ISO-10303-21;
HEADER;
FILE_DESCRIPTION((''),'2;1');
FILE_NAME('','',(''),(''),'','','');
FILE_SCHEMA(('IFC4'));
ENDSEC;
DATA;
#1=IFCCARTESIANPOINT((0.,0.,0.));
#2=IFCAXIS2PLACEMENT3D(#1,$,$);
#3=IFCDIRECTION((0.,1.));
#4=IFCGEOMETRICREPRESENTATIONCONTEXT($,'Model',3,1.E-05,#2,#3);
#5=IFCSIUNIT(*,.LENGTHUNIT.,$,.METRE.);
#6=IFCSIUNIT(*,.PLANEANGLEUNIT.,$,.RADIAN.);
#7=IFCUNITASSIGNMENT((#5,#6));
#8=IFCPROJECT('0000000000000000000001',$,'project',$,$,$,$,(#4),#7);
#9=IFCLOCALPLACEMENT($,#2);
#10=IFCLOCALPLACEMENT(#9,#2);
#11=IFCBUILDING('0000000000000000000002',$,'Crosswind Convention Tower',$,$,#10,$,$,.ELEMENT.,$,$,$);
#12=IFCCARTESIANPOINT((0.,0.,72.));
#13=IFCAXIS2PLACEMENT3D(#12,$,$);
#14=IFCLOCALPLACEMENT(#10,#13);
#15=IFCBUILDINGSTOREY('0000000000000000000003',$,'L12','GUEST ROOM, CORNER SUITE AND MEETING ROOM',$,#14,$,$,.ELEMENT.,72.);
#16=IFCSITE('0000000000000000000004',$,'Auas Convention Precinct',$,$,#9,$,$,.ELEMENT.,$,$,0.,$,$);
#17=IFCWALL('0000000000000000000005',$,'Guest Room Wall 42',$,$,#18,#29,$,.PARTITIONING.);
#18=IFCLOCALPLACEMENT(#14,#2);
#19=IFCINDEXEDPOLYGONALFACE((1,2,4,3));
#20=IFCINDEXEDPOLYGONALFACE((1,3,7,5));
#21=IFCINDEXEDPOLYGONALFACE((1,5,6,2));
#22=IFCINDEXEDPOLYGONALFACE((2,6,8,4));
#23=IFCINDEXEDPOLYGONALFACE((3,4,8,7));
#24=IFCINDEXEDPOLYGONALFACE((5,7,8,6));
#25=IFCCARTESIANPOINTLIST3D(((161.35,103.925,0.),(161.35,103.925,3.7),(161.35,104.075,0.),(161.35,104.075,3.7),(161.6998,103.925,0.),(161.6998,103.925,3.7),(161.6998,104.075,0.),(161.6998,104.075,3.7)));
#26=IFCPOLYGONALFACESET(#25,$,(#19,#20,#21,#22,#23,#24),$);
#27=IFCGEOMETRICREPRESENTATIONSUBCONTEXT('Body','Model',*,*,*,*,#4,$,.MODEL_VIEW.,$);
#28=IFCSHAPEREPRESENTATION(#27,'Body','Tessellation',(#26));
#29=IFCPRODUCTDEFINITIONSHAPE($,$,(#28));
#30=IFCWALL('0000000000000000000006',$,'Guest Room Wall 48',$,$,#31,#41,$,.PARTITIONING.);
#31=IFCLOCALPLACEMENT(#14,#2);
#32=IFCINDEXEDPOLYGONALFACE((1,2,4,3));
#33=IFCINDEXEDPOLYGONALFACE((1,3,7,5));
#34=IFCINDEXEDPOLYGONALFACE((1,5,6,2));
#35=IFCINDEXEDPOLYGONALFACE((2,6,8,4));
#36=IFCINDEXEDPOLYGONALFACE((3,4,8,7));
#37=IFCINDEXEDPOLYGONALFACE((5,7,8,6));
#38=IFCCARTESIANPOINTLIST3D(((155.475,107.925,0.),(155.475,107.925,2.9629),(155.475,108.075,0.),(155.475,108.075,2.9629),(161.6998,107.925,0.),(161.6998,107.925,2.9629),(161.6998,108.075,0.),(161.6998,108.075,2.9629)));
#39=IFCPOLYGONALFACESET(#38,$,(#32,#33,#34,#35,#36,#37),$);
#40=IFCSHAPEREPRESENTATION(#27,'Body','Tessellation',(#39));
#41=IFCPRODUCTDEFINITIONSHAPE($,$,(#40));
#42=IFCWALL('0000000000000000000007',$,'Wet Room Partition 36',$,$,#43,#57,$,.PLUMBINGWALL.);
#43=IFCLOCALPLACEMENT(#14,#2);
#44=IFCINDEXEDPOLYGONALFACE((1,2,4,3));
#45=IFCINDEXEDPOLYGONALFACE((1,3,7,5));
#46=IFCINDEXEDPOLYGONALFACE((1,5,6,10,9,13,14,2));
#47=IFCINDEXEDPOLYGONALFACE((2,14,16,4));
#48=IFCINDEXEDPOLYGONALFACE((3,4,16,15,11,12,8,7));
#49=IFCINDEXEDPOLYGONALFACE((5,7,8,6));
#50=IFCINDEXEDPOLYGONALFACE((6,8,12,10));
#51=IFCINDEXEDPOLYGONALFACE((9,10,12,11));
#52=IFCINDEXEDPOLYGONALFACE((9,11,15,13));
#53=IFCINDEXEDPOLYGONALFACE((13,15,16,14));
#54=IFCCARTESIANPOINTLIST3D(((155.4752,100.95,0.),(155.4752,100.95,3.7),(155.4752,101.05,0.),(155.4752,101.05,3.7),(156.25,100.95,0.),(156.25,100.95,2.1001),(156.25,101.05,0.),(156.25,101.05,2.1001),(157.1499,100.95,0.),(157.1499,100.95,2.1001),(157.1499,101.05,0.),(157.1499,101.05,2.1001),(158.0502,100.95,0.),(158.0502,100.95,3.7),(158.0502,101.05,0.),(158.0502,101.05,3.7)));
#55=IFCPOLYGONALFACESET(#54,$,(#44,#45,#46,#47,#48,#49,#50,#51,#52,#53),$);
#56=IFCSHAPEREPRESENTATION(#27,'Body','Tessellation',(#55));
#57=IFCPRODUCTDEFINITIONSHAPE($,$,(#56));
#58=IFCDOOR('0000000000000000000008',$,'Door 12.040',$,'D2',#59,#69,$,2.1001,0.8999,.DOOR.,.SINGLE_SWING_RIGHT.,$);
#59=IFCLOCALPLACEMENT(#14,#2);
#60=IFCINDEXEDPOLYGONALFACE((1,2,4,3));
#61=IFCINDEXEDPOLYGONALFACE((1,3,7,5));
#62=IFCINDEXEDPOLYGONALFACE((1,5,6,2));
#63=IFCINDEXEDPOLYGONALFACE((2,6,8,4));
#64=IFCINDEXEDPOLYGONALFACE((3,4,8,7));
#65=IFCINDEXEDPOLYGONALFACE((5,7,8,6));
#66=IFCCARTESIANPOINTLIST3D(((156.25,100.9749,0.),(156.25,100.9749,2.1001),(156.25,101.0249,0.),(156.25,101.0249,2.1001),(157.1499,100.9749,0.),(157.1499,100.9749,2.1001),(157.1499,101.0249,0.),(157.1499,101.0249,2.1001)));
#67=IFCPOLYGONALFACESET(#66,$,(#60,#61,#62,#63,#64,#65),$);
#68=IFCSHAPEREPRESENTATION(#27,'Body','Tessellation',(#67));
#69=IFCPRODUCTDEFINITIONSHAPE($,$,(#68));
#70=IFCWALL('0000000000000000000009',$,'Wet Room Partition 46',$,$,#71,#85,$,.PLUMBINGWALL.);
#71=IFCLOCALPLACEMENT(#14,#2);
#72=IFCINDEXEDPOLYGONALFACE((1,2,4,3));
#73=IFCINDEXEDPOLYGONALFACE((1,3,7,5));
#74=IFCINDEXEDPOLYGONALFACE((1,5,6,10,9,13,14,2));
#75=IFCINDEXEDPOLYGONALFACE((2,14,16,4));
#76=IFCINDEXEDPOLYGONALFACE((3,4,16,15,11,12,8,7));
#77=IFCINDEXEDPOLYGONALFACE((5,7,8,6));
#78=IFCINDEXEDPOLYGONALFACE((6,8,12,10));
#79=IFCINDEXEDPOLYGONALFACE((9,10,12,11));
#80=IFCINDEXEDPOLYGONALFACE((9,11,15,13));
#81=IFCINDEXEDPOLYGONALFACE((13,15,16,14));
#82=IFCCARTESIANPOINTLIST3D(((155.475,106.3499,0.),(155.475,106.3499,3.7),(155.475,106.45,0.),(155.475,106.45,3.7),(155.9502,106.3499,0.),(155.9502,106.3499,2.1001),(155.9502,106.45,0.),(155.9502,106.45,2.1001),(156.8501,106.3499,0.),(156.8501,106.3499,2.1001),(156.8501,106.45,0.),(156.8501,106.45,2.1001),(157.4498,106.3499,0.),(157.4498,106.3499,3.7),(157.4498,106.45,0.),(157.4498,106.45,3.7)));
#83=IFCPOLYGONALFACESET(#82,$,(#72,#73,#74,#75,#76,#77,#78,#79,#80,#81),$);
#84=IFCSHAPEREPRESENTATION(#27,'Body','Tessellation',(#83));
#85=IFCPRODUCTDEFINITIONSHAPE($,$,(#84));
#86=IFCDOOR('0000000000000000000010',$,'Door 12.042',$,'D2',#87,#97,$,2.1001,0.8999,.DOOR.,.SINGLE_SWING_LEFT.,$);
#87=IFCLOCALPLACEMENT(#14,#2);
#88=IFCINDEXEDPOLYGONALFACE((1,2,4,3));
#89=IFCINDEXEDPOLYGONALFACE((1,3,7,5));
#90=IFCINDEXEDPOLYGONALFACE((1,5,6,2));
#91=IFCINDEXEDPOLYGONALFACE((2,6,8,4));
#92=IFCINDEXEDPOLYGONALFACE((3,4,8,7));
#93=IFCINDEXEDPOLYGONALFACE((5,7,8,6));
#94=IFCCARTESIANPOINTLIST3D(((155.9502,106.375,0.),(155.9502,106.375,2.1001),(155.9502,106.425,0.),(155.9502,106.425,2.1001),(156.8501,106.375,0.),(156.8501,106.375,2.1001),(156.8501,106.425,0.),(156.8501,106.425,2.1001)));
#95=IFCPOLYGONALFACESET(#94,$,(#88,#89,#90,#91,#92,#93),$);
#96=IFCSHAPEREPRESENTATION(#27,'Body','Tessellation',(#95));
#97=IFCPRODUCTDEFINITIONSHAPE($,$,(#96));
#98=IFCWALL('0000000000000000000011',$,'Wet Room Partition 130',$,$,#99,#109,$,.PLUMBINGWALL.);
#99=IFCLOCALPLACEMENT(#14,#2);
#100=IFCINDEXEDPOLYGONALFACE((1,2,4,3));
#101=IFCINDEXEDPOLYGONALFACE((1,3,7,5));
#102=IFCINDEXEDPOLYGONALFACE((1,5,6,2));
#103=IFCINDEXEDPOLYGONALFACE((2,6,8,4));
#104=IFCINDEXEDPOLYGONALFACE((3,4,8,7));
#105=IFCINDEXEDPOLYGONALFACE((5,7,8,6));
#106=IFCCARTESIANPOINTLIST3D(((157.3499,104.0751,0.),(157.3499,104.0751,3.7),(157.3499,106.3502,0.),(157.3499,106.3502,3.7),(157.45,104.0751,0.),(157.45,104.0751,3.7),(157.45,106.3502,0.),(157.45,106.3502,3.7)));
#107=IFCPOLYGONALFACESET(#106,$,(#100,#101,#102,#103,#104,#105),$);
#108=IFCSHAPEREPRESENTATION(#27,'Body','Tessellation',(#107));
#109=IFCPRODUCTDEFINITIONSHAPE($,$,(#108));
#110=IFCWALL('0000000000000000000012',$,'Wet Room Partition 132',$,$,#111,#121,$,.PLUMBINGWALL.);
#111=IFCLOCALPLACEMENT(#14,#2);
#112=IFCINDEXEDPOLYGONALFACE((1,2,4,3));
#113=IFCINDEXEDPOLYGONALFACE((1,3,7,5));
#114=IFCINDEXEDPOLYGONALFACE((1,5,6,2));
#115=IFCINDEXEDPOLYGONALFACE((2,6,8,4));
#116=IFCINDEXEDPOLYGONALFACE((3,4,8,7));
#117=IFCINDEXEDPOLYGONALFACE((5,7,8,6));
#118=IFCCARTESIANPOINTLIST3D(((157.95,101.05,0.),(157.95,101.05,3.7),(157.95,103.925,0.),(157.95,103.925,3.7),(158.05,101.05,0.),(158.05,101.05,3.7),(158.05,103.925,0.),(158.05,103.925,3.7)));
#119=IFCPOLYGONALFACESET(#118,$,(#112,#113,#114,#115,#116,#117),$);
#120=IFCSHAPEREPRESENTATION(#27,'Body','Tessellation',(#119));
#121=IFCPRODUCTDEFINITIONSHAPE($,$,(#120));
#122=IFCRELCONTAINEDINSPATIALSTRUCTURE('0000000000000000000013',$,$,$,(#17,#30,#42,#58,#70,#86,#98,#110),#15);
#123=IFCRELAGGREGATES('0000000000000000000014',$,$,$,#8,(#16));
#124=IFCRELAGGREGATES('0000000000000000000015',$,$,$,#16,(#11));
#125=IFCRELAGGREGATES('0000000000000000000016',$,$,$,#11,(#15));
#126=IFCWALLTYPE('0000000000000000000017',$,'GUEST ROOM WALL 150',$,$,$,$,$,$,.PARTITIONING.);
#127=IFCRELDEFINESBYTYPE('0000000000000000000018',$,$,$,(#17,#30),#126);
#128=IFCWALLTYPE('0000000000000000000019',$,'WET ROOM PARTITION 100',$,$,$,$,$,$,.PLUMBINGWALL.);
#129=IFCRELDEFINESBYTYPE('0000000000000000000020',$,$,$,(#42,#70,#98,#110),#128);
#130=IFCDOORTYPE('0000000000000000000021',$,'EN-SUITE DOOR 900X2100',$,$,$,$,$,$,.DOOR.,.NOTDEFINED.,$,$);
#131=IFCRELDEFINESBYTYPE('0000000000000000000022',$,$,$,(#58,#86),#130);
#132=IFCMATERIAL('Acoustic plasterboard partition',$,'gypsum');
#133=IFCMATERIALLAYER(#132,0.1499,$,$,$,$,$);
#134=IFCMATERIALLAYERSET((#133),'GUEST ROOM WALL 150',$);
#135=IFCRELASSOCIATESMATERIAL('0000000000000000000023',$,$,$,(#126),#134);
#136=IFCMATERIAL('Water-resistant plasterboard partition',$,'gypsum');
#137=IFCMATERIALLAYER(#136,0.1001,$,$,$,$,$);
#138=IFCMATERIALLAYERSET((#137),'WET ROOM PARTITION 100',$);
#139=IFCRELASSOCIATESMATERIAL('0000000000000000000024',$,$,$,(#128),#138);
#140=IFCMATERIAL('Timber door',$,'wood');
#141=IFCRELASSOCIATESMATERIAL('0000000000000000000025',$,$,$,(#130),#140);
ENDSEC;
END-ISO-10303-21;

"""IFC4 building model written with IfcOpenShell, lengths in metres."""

from ifc_helpers import new_model, si_unit, direction, frame, frame_2d, origin, place, context, subcontext, project, spatial, rectangle, extrude, material, layer, layer_set, type_object, element, fill, save


model = new_model("IFC4")

# Units and contexts
model_context = context("Model", 3, precision=1e-05, world=origin(), true_north=direction((0.0, 1.0)))
body_context = subcontext(model_context, "Body", "Model", "MODEL_VIEW")
ifc_project = project(units=[si_unit("LENGTHUNIT", "METRE"), si_unit("PLANEANGLEUNIT", "RADIAN")], contexts=[model_context])

# Site, building, storey
site_placement = place(None, origin())
site = spatial("IfcSite", under=ifc_project, at=site_placement, Name="Auas Convention Precinct", CompositionType="ELEMENT", RefElevation=0.0)
building_placement = place(site_placement, origin())
building = spatial("IfcBuilding", under=site, at=building_placement, Name="Crosswind Convention Tower", CompositionType="ELEMENT")
storey_placement = place(building_placement, frame((0.0, 0.0, 72.0)))
storey = spatial("IfcBuildingStorey", under=building, at=storey_placement, Name="L12", Description="GUEST ROOM, CORNER SUITE AND MEETING ROOM", CompositionType="ELEMENT", Elevation=72.0)

# Walls
ifc_material_1 = material(Name="Acoustic plasterboard partition", Category="gypsum")
ifc_layer_1 = layer(ifc_material_1, 0.1499)
ifc_layer_set_1 = layer_set([ifc_layer_1], Name="GUEST ROOM WALL 150")
wall_type_1 = type_object("IfcWallType", Name="GUEST ROOM WALL 150", PredefinedType="PARTITIONING", material=ifc_layer_set_1)
wall_1_placement = place(storey_placement, frame((161.3501, 104.0, 0.0), z_axis=(0.0, 0.0, 1.0), x_axis=(1.0, 0.0, 0.0)))
element("IfcWall", 1, at=wall_1_placement, inside=storey, type_object=wall_type_1, Name="Guest Room Wall 42", PredefinedType="PARTITIONING", context=body_context, shape_type="SweptSolid", body=[
    extrude(rectangle(XDim=0.3499, YDim=0.1499, at=frame_2d((0.1748, 0.0))), origin(), (0.0, 0.0, 1.0), 3.7),
])
wall_2_placement = place(storey_placement, frame((155.4751, 108.0, 0.0), z_axis=(0.0, 0.0, 1.0), x_axis=(1.0, 0.0, 0.0)))
element("IfcWall", 2, at=wall_2_placement, inside=storey, type_object=wall_type_1, Name="Guest Room Wall 48", PredefinedType="PARTITIONING", context=body_context, shape_type="SweptSolid", body=[
    extrude(rectangle(XDim=6.2249, YDim=0.1499, at=frame_2d((3.1123, 0.0))), origin(), (0.0, 0.0, 1.0), 2.9629),
])

# Walls, openings, doors
ifc_material_2 = material(Name="Water-resistant plasterboard partition", Category="gypsum")
ifc_layer_2 = layer(ifc_material_2, 0.1001)
ifc_layer_set_2 = layer_set([ifc_layer_2], Name="WET ROOM PARTITION 100")
wall_type_2 = type_object("IfcWallType", Name="WET ROOM PARTITION 100", PredefinedType="PLUMBINGWALL", material=ifc_layer_set_2)
wall_3_placement = place(storey_placement, frame((155.4751, 101.0, 0.0), z_axis=(0.0, 0.0, 1.0), x_axis=(1.0, 0.0, 0.0)))
wall_3 = element("IfcWall", 3, at=wall_3_placement, inside=storey, type_object=wall_type_2, Name="Wet Room Partition 36", PredefinedType="PLUMBINGWALL", context=body_context, shape_type="SweptSolid", body=[
    extrude(rectangle(XDim=2.575, YDim=0.1001, at=frame_2d((1.2876, 0.0))), origin(), (0.0, 0.0, 1.0), 3.7),
])
opening_1_placement = place(wall_3_placement, frame((0.7749, 0.0, 0.0)))
opening_1 = element("IfcOpeningElement", 4, at=opening_1_placement, cuts=wall_3, PredefinedType="OPENING", context=body_context, shape_type="SweptSolid", body=[
    extrude(rectangle(XDim=0.8999, YDim=2.1001, at=frame_2d((0.45, 1.05))), frame((0.0, 0.0601, 0.0), z_axis=(0.0, -1.0, 0.0), x_axis=(1.0, 0.0, 0.0)), (0.0, 0.0, 1.0), 0.1201),
])
ifc_material_3 = material(Name="Timber door", Category="wood")
door_type = type_object("IfcDoorType", Name="EN-SUITE DOOR 900X2100", OperationType="NOTDEFINED", PredefinedType="DOOR", material=ifc_material_3)
door_1_placement = place(opening_1_placement, origin())
door_1 = element("IfcDoor", 5, at=door_1_placement, inside=storey, type_object=door_type, Name="Door 12.040", ObjectType="D2", OperationType="SINGLE_SWING_RIGHT", OverallHeight=2.1001, OverallWidth=0.8999, PredefinedType="DOOR", context=body_context, shape_type="SweptSolid", body=[
    extrude(rectangle(XDim=0.8999, YDim=2.1001, at=frame_2d((0.45, 1.05))), frame((0.0, 0.0249, 0.0), z_axis=(0.0, -1.0, 0.0), x_axis=(1.0, 0.0, 0.0)), (0.0, 0.0, 1.0), 0.05),
])
fill(opening_1, door_1)
wall_4_placement = place(storey_placement, frame((155.4751, 106.3999, 0.0), z_axis=(0.0, 0.0, 1.0), x_axis=(1.0, 0.0, 0.0)))
wall_4 = element("IfcWall", 6, at=wall_4_placement, inside=storey, type_object=wall_type_2, Name="Wet Room Partition 46", PredefinedType="PLUMBINGWALL", context=body_context, shape_type="SweptSolid", body=[
    extrude(rectangle(XDim=1.9749, YDim=0.1001, at=frame_2d((0.9873, 0.0))), origin(), (0.0, 0.0, 1.0), 3.7),
])
opening_2_placement = place(wall_4_placement, frame((0.4751, 0.0, 0.0)))
opening_2 = element("IfcOpeningElement", 7, at=opening_2_placement, cuts=wall_4, PredefinedType="OPENING", context=body_context, shape_type="SweptSolid", body=[
    extrude(rectangle(XDim=0.8999, YDim=2.1001, at=frame_2d((0.45, 1.05))), frame((0.0, 0.0601, 0.0), z_axis=(0.0, -1.0, 0.0), x_axis=(1.0, 0.0, 0.0)), (0.0, 0.0, 1.0), 0.1201),
])
door_2_placement = place(opening_2_placement, frame((0.8999, 0.0, 0.0), z_axis=(0.0, 0.0, 1.0), x_axis=(-1.0, 0.0, 0.0)))
door_2 = element("IfcDoor", 8, at=door_2_placement, inside=storey, type_object=door_type, Name="Door 12.042", ObjectType="D2", OperationType="SINGLE_SWING_LEFT", OverallHeight=2.1001, OverallWidth=0.8999, PredefinedType="DOOR", context=body_context, shape_type="SweptSolid", body=[
    extrude(rectangle(XDim=0.8999, YDim=2.1001, at=frame_2d((0.45, 1.05))), frame((0.0, 0.0249, 0.0), z_axis=(0.0, -1.0, 0.0), x_axis=(1.0, 0.0, 0.0)), (0.0, 0.0, 1.0), 0.05),
])
fill(opening_2, door_2)

# Walls
wall_5_placement = place(storey_placement, frame((157.3999, 104.075, 0.0), z_axis=(0.0, 0.0, 1.0), x_axis=(0.0, 1.0, 0.0)))
element("IfcWall", 9, at=wall_5_placement, inside=storey, type_object=wall_type_2, Name="Wet Room Partition 130", PredefinedType="PLUMBINGWALL", context=body_context, shape_type="SweptSolid", body=[
    extrude(rectangle(XDim=2.2751, YDim=0.1001, at=frame_2d((1.1377, 0.0))), origin(), (0.0, 0.0, 1.0), 3.7),
])
wall_6_placement = place(storey_placement, frame((158.0, 101.05, 0.0), z_axis=(0.0, 0.0, 1.0), x_axis=(0.0, 1.0, 0.0)))
element("IfcWall", 10, at=wall_6_placement, inside=storey, type_object=wall_type_2, Name="Wet Room Partition 132", PredefinedType="PLUMBINGWALL", context=body_context, shape_type="SweptSolid", body=[
    extrude(rectangle(XDim=2.875, YDim=0.1001, at=frame_2d((1.4375, 0.0))), origin(), (0.0, 0.0, 1.0), 3.7),
])

save(model, "model.ifc")
